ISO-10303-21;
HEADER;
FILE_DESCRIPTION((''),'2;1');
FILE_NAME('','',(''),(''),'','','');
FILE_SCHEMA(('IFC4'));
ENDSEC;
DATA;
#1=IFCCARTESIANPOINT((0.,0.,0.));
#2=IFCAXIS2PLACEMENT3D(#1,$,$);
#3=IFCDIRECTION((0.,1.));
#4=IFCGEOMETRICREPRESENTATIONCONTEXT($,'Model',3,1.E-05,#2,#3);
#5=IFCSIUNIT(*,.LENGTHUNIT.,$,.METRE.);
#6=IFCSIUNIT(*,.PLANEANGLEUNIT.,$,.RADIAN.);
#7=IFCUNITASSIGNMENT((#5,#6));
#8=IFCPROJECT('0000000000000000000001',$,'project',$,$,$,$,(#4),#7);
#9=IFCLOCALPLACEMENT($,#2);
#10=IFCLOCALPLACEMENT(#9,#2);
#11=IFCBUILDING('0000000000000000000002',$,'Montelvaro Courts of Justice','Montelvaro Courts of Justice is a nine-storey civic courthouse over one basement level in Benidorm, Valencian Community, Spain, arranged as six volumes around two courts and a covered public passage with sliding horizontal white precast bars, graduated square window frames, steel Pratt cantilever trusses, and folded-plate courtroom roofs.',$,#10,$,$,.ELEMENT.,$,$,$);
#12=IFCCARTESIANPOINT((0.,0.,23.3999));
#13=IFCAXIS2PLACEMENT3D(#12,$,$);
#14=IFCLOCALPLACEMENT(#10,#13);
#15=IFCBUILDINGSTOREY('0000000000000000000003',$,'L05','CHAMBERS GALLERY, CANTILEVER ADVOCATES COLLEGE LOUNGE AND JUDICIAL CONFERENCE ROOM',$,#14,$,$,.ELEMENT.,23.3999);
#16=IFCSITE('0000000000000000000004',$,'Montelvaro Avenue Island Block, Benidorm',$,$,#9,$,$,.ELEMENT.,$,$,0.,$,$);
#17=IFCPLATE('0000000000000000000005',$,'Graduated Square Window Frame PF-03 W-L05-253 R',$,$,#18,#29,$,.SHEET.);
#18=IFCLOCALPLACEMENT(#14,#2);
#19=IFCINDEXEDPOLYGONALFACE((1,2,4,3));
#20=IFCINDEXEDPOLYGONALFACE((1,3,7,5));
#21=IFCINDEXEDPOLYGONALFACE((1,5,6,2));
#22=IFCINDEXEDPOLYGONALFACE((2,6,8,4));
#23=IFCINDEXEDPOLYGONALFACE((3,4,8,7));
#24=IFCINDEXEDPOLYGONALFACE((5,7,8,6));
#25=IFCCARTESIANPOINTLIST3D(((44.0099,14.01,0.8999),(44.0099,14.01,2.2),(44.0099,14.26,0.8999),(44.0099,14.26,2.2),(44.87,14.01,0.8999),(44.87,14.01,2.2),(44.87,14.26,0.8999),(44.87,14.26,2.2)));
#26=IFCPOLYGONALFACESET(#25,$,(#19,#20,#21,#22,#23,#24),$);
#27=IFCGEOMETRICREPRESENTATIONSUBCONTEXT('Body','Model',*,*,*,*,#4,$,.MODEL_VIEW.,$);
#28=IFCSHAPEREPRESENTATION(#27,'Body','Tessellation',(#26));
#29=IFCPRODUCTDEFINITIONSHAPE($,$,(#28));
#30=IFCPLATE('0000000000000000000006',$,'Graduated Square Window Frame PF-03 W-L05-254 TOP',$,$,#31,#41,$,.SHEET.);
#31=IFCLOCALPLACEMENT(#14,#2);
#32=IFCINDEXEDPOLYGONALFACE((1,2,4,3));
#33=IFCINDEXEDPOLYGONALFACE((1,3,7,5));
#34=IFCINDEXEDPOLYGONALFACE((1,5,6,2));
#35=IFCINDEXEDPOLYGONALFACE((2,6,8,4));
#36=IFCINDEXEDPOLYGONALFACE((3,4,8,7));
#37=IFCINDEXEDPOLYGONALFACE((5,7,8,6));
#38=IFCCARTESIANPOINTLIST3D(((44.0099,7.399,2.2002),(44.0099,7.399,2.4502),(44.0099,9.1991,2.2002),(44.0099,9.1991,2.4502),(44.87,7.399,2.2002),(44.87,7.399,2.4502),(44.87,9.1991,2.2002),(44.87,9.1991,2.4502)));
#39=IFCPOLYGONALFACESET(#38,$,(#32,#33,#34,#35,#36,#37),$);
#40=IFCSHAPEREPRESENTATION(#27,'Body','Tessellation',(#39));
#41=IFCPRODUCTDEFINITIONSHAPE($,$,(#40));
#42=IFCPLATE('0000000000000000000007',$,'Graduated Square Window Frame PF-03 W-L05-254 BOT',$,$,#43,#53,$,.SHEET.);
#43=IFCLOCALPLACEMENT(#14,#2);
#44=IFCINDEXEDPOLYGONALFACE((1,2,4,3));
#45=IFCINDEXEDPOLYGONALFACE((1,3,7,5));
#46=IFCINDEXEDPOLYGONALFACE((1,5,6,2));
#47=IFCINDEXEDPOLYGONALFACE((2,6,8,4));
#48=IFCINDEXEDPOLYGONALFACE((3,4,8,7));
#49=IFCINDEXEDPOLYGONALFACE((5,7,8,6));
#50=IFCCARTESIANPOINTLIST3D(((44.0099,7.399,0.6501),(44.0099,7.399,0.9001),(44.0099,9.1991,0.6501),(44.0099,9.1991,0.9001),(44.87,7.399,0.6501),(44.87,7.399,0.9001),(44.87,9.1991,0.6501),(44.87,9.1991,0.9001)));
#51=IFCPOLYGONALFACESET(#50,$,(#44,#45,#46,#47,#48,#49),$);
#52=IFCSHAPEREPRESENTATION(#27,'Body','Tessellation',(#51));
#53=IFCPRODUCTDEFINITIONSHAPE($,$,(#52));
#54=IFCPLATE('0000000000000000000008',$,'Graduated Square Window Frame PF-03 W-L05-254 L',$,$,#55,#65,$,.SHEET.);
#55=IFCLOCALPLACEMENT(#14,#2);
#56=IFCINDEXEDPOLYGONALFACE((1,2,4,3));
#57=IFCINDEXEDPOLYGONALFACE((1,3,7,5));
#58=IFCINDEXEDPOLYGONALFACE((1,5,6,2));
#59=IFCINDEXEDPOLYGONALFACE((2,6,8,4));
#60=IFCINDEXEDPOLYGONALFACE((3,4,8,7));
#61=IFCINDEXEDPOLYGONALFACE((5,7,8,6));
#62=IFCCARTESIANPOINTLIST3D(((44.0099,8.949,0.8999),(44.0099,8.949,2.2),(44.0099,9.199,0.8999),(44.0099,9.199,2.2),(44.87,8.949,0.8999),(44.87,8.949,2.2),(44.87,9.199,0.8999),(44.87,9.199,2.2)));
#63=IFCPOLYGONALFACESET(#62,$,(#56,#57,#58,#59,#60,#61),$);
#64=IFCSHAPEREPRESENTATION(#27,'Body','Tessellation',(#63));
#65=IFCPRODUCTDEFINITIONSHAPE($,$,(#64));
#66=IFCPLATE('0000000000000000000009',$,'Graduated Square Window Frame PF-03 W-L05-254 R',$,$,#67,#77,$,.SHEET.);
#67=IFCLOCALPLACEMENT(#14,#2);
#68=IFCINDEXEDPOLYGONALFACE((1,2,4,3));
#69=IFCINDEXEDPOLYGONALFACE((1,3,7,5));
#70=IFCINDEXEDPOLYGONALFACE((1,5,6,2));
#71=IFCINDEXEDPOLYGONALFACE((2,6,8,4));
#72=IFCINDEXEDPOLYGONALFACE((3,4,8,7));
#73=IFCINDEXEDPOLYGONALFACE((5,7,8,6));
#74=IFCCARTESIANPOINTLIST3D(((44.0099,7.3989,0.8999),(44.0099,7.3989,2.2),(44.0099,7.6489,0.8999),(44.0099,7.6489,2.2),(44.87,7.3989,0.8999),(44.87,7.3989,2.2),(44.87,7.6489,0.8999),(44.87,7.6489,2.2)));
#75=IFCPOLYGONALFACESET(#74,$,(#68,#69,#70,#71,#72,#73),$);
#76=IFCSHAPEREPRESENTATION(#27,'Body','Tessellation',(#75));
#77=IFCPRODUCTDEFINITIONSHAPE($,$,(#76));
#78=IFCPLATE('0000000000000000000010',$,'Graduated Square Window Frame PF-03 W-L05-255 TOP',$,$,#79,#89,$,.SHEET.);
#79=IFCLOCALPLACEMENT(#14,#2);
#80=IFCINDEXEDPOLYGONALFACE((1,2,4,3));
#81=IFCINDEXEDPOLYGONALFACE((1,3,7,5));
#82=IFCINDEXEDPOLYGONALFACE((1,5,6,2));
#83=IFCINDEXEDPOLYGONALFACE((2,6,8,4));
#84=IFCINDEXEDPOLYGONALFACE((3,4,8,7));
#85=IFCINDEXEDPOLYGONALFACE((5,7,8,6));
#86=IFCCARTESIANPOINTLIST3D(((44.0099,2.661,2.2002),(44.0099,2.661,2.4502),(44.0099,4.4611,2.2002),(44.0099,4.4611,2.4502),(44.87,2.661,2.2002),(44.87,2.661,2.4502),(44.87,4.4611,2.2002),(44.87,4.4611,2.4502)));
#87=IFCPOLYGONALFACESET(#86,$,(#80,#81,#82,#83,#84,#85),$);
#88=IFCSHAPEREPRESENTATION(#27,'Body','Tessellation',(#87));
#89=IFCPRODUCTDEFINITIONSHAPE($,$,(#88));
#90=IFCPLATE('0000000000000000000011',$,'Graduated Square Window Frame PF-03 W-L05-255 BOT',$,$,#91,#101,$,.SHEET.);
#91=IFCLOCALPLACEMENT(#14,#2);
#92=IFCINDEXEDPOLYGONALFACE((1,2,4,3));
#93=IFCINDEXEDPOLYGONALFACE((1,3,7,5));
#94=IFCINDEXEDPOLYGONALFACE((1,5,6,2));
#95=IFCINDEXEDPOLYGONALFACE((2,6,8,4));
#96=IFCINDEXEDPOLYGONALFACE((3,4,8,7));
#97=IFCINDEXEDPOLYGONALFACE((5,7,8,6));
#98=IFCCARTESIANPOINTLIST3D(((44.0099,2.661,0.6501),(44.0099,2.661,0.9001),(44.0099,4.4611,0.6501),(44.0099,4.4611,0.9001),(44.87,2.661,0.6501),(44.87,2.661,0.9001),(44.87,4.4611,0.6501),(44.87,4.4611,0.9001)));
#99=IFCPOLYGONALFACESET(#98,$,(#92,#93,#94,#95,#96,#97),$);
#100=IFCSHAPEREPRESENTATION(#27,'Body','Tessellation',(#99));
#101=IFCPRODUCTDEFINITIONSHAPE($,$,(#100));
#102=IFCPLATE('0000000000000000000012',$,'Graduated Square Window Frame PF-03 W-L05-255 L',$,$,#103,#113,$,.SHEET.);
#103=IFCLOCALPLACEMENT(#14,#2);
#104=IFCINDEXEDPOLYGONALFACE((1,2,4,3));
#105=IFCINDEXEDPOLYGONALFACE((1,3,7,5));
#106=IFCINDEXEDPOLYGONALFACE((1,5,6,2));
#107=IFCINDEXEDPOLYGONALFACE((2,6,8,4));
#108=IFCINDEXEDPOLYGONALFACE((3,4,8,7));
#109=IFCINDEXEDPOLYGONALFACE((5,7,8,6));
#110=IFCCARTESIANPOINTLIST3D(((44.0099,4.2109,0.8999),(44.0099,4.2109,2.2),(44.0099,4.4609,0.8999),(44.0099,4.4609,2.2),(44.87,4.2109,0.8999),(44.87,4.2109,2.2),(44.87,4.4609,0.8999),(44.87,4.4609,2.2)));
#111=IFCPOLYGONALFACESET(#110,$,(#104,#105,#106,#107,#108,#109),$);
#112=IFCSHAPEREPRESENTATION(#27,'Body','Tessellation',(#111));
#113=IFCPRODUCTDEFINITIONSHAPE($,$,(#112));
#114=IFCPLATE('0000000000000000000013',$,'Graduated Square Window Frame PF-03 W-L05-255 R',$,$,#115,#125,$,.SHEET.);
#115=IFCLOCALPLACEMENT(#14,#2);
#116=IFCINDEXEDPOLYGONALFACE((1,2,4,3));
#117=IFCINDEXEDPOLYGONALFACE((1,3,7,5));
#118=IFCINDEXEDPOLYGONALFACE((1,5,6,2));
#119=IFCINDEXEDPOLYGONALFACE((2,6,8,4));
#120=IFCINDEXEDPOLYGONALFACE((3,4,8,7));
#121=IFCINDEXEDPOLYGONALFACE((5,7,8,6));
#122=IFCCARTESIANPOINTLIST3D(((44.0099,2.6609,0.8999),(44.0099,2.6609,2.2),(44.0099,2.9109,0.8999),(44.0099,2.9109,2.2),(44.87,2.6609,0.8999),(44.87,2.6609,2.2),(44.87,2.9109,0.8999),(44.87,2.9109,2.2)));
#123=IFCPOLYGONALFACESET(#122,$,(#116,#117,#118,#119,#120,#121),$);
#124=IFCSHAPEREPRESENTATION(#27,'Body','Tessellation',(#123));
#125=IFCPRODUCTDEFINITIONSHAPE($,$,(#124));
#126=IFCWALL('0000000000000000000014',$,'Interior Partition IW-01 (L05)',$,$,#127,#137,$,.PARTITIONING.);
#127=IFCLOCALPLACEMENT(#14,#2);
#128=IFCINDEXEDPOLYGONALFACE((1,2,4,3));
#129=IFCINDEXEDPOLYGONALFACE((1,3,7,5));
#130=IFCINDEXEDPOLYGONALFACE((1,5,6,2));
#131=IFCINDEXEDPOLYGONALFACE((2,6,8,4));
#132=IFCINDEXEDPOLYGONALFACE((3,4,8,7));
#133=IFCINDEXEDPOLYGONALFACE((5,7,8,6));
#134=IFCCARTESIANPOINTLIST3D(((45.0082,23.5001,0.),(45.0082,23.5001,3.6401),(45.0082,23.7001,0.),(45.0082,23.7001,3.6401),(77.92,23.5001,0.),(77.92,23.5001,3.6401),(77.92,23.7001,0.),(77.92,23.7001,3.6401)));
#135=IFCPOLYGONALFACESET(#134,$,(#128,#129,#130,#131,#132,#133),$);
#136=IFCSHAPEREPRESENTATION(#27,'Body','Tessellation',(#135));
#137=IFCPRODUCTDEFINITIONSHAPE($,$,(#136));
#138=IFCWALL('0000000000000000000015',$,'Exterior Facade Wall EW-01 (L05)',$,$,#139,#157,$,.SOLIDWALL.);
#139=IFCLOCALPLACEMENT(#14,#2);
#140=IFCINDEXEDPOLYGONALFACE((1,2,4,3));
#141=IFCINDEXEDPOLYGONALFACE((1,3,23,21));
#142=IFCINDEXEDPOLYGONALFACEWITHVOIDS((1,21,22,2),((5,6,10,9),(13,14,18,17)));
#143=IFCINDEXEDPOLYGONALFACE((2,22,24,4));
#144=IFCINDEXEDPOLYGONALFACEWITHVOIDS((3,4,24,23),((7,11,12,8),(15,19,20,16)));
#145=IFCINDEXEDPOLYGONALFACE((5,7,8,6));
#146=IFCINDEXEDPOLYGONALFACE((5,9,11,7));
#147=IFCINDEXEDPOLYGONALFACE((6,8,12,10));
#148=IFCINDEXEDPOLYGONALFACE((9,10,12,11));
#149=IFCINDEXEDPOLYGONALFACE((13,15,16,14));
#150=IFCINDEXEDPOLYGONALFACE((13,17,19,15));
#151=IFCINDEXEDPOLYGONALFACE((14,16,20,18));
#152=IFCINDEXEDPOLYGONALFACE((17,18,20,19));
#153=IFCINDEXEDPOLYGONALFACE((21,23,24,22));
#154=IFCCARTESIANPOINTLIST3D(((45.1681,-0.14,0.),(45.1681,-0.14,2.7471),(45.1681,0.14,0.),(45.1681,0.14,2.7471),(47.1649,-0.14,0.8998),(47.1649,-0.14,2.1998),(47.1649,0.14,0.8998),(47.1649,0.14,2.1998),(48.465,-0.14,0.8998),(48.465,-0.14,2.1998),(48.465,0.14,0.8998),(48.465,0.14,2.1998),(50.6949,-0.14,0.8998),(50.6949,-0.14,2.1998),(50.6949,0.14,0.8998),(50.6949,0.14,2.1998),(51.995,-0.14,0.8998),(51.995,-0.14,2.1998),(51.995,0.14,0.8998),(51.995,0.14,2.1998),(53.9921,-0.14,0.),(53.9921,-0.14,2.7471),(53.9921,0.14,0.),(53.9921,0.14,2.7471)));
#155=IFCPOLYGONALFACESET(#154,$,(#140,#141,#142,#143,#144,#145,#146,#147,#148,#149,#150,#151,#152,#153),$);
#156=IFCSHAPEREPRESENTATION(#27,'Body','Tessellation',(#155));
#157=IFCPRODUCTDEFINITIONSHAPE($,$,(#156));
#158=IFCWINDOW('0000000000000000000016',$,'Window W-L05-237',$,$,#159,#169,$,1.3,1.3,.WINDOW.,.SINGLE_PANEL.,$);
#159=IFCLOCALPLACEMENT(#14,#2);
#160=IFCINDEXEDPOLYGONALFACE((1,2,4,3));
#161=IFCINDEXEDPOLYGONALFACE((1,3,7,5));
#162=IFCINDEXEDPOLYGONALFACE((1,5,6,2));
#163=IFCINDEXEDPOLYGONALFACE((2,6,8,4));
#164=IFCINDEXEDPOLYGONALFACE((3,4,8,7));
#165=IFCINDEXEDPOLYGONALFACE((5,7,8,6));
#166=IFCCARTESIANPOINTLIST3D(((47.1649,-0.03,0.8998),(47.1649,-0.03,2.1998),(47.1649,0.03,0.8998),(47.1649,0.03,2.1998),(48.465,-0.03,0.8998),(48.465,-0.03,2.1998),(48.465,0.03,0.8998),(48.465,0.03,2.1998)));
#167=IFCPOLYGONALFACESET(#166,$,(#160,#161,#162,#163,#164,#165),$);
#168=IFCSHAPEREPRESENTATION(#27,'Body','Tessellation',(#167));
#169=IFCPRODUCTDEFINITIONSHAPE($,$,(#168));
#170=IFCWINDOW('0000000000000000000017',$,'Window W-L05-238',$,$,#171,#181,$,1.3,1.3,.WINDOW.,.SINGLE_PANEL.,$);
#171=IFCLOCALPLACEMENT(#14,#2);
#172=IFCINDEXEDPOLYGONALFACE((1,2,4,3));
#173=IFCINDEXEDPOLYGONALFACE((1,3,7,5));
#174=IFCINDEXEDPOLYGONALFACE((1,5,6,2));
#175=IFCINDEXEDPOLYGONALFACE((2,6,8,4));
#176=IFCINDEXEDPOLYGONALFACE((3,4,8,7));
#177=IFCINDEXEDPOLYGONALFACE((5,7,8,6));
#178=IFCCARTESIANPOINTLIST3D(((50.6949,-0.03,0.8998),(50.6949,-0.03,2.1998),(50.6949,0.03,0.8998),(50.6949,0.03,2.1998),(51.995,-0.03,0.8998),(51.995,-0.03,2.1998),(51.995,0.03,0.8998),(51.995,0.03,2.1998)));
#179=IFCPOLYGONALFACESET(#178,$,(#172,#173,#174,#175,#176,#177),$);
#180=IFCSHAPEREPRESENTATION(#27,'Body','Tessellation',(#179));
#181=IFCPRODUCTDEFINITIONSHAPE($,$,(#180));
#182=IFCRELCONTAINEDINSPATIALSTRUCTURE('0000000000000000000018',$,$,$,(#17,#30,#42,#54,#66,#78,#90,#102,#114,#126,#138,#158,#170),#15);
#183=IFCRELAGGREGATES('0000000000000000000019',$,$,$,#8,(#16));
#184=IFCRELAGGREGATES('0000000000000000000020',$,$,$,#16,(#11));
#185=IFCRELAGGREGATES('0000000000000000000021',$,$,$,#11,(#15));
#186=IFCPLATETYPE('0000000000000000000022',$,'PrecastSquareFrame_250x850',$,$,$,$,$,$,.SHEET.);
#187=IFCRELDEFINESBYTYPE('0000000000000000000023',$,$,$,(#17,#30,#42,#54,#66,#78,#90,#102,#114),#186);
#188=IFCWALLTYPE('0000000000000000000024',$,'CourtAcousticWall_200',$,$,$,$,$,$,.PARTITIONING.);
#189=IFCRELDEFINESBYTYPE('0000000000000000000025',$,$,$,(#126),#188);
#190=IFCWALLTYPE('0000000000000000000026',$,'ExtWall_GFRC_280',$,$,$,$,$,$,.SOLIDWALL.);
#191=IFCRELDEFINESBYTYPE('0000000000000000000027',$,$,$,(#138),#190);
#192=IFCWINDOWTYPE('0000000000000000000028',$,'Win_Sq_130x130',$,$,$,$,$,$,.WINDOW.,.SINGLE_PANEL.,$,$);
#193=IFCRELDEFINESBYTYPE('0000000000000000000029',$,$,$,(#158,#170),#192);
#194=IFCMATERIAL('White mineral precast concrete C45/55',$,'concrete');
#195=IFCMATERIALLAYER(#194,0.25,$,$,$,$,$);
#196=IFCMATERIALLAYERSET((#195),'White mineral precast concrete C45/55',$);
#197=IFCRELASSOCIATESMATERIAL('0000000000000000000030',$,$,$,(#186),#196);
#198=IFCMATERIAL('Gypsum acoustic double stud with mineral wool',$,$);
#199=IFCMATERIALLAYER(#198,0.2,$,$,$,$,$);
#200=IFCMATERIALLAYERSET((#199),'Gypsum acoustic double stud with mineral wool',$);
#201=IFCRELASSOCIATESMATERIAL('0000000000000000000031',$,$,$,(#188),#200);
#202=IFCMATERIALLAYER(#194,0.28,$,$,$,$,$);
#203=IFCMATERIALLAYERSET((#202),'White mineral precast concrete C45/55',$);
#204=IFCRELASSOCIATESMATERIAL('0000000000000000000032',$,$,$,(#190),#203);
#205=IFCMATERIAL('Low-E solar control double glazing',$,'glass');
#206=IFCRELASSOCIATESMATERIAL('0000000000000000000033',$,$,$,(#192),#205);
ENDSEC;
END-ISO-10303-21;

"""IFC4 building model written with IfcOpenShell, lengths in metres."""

from ifc_helpers import new_model, si_unit, direction, frame, frame_2d, origin, origin_2d, place, context, subcontext, project, spatial, rectangle, extrude, material, layer, layer_set, type_object, element, fill, save


model = new_model("IFC4")

# Units and contexts
model_context = context("Model", 3, precision=1e-05, world=origin(), true_north=direction((0.0, 1.0)))
body_context = subcontext(model_context, "Body", "Model", "MODEL_VIEW")
ifc_project = project(units=[si_unit("LENGTHUNIT", "METRE"), si_unit("PLANEANGLEUNIT", "RADIAN")], contexts=[model_context])

# Site, building, storey
site_placement = place(None, origin())
site = spatial("IfcSite", under=ifc_project, at=site_placement, Name="Montelvaro Avenue Island Block, Benidorm", CompositionType="ELEMENT", RefElevation=0.0)
building_placement = place(site_placement, origin())
building = spatial("IfcBuilding", under=site, at=building_placement, Name="Montelvaro Courts of Justice", Description="Montelvaro Courts of Justice is a nine-storey civic courthouse over one basement level in Benidorm, Valencian Community, Spain, arranged as six volumes around two courts and a covered public passage with sliding horizontal white precast bars, graduated square window frames, steel Pratt cantilever trusses, and folded-plate courtroom roofs.", CompositionType="ELEMENT")
storey_placement = place(building_placement, frame((0.0, 0.0, 23.3999)))
storey = spatial("IfcBuildingStorey", under=building, at=storey_placement, Name="L05", Description="CHAMBERS GALLERY, CANTILEVER ADVOCATES COLLEGE LOUNGE AND JUDICIAL CONFERENCE ROOM", CompositionType="ELEMENT", Elevation=23.3999)

# Plates
ifc_material_1 = material(Name="White mineral precast concrete C45/55", Category="concrete")
ifc_layer_1 = layer(ifc_material_1, 0.25)
ifc_layer_set_1 = layer_set([ifc_layer_1], Name="White mineral precast concrete C45/55")
plate_type = type_object("IfcPlateType", Name="PrecastSquareFrame_250x850", PredefinedType="SHEET", material=ifc_layer_set_1)
plate_placement = place(storey_placement, frame((44.4399, 14.135, 0.8999), z_axis=(0.0, 0.0, 1.0), x_axis=(0.0, -1.0, 0.0)))
element("IfcPlate", 1, at=plate_placement, inside=storey, type_object=plate_type, Name="Graduated Square Window Frame PF-03 W-L05-253 R", PredefinedType="SHEET", context=body_context, shape_type="SweptSolid", body=[
    extrude(rectangle(XDim=0.25, YDim=0.8601, at=origin_2d()), origin(), (0.0, 0.0, 1.0), 1.3),
])
for number, where, z_axis, x_axis, name in (
    (2, (44.4399, 8.2991, 2.2002), (0.0, 0.0, 1.0), (0.0, -1.0, 0.0), "Graduated Square Window Frame PF-03 W-L05-254 TOP"),
    (3, (44.4399, 8.2991, 0.6501), (0.0, 0.0, 1.0), (0.0, -1.0, 0.0), "Graduated Square Window Frame PF-03 W-L05-254 BOT"),
):
    element("IfcPlate", number, at=place(storey_placement, frame(where, z_axis=z_axis, x_axis=x_axis)), inside=storey, type_object=plate_type, Name=name, PredefinedType="SHEET", context=body_context, shape_type="SweptSolid", body=[
        extrude(rectangle(XDim=1.8, YDim=0.8601, at=origin_2d()), origin(), (0.0, 0.0, 1.0), 0.25),
    ])
for number, where, z_axis, x_axis, name in (
    (4, (44.4399, 9.074, 0.8999), (0.0, 0.0, 1.0), (0.0, -1.0, 0.0), "Graduated Square Window Frame PF-03 W-L05-254 L"),
    (5, (44.4399, 7.5239, 0.8999), (0.0, 0.0, 1.0), (0.0, -1.0, 0.0), "Graduated Square Window Frame PF-03 W-L05-254 R"),
):
    element("IfcPlate", number, at=place(storey_placement, frame(where, z_axis=z_axis, x_axis=x_axis)), inside=storey, type_object=plate_type, Name=name, PredefinedType="SHEET", context=body_context, shape_type="SweptSolid", body=[
        extrude(rectangle(XDim=0.25, YDim=0.8601, at=origin_2d()), origin(), (0.0, 0.0, 1.0), 1.3),
    ])
for number, where, z_axis, x_axis, name in (
    (6, (44.4399, 3.561, 2.2002), (0.0, 0.0, 1.0), (0.0, -1.0, 0.0), "Graduated Square Window Frame PF-03 W-L05-255 TOP"),
    (7, (44.4399, 3.561, 0.6501), (0.0, 0.0, 1.0), (0.0, -1.0, 0.0), "Graduated Square Window Frame PF-03 W-L05-255 BOT"),
):
    element("IfcPlate", number, at=place(storey_placement, frame(where, z_axis=z_axis, x_axis=x_axis)), inside=storey, type_object=plate_type, Name=name, PredefinedType="SHEET", context=body_context, shape_type="SweptSolid", body=[
        extrude(rectangle(XDim=1.8, YDim=0.8601, at=origin_2d()), origin(), (0.0, 0.0, 1.0), 0.25),
    ])
for number, where, z_axis, x_axis, name in (
    (8, (44.4399, 4.3359, 0.8999), (0.0, 0.0, 1.0), (0.0, -1.0, 0.0), "Graduated Square Window Frame PF-03 W-L05-255 L"),
    (9, (44.4399, 2.7859, 0.8999), (0.0, 0.0, 1.0), (0.0, -1.0, 0.0), "Graduated Square Window Frame PF-03 W-L05-255 R"),
):
    element("IfcPlate", number, at=place(storey_placement, frame(where, z_axis=z_axis, x_axis=x_axis)), inside=storey, type_object=plate_type, Name=name, PredefinedType="SHEET", context=body_context, shape_type="SweptSolid", body=[
        extrude(rectangle(XDim=0.25, YDim=0.8601, at=origin_2d()), origin(), (0.0, 0.0, 1.0), 1.3),
    ])

# Wall
ifc_material_2 = material(Name="Gypsum acoustic double stud with mineral wool")
ifc_layer_2 = layer(ifc_material_2, 0.2)
ifc_layer_set_2 = layer_set([ifc_layer_2], Name="Gypsum acoustic double stud with mineral wool")
wall_type_1 = type_object("IfcWallType", Name="CourtAcousticWall_200", PredefinedType="PARTITIONING", material=ifc_layer_set_2)
wall_1_placement = place(storey_placement, frame((45.0081, 23.6001, 0.0), z_axis=(0.0, 0.0, 1.0), x_axis=(1.0, 0.0, 0.0)))
element("IfcWall", 10, at=wall_1_placement, inside=storey, type_object=wall_type_1, Name="Interior Partition IW-01 (L05)", PredefinedType="PARTITIONING", context=body_context, shape_type="SweptSolid", body=[
    extrude(rectangle(XDim=32.9119, YDim=0.2, at=frame_2d((16.4561, 0.0))), origin(), (0.0, 0.0, 1.0), 3.6401),
])

# Wall, openings, windows
ifc_layer_3 = layer(ifc_material_1, 0.28)
ifc_layer_set_3 = layer_set([ifc_layer_3], Name="White mineral precast concrete C45/55")
wall_type_2 = type_object("IfcWallType", Name="ExtWall_GFRC_280", PredefinedType="SOLIDWALL", material=ifc_layer_set_3)
wall_2_placement = place(storey_placement, frame((45.168, 0.0, 0.0), z_axis=(0.0, 0.0, 1.0), x_axis=(1.0, 0.0, 0.0)))
wall_2 = element("IfcWall", 11, at=wall_2_placement, inside=storey, type_object=wall_type_2, Name="Exterior Facade Wall EW-01 (L05)", PredefinedType="SOLIDWALL", context=body_context, shape_type="SweptSolid", body=[
    extrude(rectangle(XDim=8.824, YDim=0.28, at=frame_2d((4.4121, 0.0))), origin(), (0.0, 0.0, 1.0), 2.7471),
])
opening_1_placement = place(wall_2_placement, frame((1.9971, 0.0, 0.8999)))
opening_1 = element("IfcOpeningElement", 12, at=opening_1_placement, cuts=wall_2, PredefinedType="OPENING", context=body_context, shape_type="SweptSolid", body=[
    extrude(rectangle(XDim=1.3, YDim=1.3, at=frame_2d((0.6499, 0.6499))), frame((0.0, 0.1548, 0.0), z_axis=(0.0, -1.0, 0.0), x_axis=(1.0, 0.0, 0.0)), (0.0, 0.0, 1.0), 0.3098),
])
opening_2_placement = place(wall_2_placement, frame((5.5271, 0.0, 0.8999)))
opening_2 = element("IfcOpeningElement", 13, at=opening_2_placement, cuts=wall_2, PredefinedType="OPENING", context=body_context, shape_type="SweptSolid", body=[
    extrude(rectangle(XDim=1.3, YDim=1.3, at=frame_2d((0.6499, 0.6499))), frame((0.0, 0.1548, 0.0), z_axis=(0.0, -1.0, 0.0), x_axis=(1.0, 0.0, 0.0)), (0.0, 0.0, 1.0), 0.3098),
])
ifc_material_3 = material(Name="Low-E solar control double glazing", Category="glass")
window_type = type_object("IfcWindowType", Name="Win_Sq_130x130", PartitioningType="SINGLE_PANEL", PredefinedType="WINDOW", material=ifc_material_3)
window_1_placement = place(opening_1_placement, origin())
window_1 = element("IfcWindow", 14, at=window_1_placement, inside=storey, type_object=window_type, Name="Window W-L05-237", OverallHeight=1.3, OverallWidth=1.3, PartitioningType="SINGLE_PANEL", PredefinedType="WINDOW", context=body_context, shape_type="SweptSolid", body=[
    extrude(rectangle(XDim=1.3, YDim=1.3, at=frame_2d((0.6499, 0.6499))), frame((0.0, 0.03, 0.0), z_axis=(0.0, -1.0, 0.0), x_axis=(1.0, 0.0, 0.0)), (0.0, 0.0, 1.0), 0.0601),
])
fill(opening_1, window_1)
window_2_placement = place(opening_2_placement, origin())
window_2 = element("IfcWindow", 15, at=window_2_placement, inside=storey, type_object=window_type, Name="Window W-L05-238", OverallHeight=1.3, OverallWidth=1.3, PartitioningType="SINGLE_PANEL", PredefinedType="WINDOW", context=body_context, shape_type="SweptSolid", body=[
    extrude(rectangle(XDim=1.3, YDim=1.3, at=frame_2d((0.6499, 0.6499))), frame((0.0, 0.03, 0.0), z_axis=(0.0, -1.0, 0.0), x_axis=(1.0, 0.0, 0.0)), (0.0, 0.0, 1.0), 0.0601),
])
fill(opening_2, window_2)

save(model, "model.ifc")
